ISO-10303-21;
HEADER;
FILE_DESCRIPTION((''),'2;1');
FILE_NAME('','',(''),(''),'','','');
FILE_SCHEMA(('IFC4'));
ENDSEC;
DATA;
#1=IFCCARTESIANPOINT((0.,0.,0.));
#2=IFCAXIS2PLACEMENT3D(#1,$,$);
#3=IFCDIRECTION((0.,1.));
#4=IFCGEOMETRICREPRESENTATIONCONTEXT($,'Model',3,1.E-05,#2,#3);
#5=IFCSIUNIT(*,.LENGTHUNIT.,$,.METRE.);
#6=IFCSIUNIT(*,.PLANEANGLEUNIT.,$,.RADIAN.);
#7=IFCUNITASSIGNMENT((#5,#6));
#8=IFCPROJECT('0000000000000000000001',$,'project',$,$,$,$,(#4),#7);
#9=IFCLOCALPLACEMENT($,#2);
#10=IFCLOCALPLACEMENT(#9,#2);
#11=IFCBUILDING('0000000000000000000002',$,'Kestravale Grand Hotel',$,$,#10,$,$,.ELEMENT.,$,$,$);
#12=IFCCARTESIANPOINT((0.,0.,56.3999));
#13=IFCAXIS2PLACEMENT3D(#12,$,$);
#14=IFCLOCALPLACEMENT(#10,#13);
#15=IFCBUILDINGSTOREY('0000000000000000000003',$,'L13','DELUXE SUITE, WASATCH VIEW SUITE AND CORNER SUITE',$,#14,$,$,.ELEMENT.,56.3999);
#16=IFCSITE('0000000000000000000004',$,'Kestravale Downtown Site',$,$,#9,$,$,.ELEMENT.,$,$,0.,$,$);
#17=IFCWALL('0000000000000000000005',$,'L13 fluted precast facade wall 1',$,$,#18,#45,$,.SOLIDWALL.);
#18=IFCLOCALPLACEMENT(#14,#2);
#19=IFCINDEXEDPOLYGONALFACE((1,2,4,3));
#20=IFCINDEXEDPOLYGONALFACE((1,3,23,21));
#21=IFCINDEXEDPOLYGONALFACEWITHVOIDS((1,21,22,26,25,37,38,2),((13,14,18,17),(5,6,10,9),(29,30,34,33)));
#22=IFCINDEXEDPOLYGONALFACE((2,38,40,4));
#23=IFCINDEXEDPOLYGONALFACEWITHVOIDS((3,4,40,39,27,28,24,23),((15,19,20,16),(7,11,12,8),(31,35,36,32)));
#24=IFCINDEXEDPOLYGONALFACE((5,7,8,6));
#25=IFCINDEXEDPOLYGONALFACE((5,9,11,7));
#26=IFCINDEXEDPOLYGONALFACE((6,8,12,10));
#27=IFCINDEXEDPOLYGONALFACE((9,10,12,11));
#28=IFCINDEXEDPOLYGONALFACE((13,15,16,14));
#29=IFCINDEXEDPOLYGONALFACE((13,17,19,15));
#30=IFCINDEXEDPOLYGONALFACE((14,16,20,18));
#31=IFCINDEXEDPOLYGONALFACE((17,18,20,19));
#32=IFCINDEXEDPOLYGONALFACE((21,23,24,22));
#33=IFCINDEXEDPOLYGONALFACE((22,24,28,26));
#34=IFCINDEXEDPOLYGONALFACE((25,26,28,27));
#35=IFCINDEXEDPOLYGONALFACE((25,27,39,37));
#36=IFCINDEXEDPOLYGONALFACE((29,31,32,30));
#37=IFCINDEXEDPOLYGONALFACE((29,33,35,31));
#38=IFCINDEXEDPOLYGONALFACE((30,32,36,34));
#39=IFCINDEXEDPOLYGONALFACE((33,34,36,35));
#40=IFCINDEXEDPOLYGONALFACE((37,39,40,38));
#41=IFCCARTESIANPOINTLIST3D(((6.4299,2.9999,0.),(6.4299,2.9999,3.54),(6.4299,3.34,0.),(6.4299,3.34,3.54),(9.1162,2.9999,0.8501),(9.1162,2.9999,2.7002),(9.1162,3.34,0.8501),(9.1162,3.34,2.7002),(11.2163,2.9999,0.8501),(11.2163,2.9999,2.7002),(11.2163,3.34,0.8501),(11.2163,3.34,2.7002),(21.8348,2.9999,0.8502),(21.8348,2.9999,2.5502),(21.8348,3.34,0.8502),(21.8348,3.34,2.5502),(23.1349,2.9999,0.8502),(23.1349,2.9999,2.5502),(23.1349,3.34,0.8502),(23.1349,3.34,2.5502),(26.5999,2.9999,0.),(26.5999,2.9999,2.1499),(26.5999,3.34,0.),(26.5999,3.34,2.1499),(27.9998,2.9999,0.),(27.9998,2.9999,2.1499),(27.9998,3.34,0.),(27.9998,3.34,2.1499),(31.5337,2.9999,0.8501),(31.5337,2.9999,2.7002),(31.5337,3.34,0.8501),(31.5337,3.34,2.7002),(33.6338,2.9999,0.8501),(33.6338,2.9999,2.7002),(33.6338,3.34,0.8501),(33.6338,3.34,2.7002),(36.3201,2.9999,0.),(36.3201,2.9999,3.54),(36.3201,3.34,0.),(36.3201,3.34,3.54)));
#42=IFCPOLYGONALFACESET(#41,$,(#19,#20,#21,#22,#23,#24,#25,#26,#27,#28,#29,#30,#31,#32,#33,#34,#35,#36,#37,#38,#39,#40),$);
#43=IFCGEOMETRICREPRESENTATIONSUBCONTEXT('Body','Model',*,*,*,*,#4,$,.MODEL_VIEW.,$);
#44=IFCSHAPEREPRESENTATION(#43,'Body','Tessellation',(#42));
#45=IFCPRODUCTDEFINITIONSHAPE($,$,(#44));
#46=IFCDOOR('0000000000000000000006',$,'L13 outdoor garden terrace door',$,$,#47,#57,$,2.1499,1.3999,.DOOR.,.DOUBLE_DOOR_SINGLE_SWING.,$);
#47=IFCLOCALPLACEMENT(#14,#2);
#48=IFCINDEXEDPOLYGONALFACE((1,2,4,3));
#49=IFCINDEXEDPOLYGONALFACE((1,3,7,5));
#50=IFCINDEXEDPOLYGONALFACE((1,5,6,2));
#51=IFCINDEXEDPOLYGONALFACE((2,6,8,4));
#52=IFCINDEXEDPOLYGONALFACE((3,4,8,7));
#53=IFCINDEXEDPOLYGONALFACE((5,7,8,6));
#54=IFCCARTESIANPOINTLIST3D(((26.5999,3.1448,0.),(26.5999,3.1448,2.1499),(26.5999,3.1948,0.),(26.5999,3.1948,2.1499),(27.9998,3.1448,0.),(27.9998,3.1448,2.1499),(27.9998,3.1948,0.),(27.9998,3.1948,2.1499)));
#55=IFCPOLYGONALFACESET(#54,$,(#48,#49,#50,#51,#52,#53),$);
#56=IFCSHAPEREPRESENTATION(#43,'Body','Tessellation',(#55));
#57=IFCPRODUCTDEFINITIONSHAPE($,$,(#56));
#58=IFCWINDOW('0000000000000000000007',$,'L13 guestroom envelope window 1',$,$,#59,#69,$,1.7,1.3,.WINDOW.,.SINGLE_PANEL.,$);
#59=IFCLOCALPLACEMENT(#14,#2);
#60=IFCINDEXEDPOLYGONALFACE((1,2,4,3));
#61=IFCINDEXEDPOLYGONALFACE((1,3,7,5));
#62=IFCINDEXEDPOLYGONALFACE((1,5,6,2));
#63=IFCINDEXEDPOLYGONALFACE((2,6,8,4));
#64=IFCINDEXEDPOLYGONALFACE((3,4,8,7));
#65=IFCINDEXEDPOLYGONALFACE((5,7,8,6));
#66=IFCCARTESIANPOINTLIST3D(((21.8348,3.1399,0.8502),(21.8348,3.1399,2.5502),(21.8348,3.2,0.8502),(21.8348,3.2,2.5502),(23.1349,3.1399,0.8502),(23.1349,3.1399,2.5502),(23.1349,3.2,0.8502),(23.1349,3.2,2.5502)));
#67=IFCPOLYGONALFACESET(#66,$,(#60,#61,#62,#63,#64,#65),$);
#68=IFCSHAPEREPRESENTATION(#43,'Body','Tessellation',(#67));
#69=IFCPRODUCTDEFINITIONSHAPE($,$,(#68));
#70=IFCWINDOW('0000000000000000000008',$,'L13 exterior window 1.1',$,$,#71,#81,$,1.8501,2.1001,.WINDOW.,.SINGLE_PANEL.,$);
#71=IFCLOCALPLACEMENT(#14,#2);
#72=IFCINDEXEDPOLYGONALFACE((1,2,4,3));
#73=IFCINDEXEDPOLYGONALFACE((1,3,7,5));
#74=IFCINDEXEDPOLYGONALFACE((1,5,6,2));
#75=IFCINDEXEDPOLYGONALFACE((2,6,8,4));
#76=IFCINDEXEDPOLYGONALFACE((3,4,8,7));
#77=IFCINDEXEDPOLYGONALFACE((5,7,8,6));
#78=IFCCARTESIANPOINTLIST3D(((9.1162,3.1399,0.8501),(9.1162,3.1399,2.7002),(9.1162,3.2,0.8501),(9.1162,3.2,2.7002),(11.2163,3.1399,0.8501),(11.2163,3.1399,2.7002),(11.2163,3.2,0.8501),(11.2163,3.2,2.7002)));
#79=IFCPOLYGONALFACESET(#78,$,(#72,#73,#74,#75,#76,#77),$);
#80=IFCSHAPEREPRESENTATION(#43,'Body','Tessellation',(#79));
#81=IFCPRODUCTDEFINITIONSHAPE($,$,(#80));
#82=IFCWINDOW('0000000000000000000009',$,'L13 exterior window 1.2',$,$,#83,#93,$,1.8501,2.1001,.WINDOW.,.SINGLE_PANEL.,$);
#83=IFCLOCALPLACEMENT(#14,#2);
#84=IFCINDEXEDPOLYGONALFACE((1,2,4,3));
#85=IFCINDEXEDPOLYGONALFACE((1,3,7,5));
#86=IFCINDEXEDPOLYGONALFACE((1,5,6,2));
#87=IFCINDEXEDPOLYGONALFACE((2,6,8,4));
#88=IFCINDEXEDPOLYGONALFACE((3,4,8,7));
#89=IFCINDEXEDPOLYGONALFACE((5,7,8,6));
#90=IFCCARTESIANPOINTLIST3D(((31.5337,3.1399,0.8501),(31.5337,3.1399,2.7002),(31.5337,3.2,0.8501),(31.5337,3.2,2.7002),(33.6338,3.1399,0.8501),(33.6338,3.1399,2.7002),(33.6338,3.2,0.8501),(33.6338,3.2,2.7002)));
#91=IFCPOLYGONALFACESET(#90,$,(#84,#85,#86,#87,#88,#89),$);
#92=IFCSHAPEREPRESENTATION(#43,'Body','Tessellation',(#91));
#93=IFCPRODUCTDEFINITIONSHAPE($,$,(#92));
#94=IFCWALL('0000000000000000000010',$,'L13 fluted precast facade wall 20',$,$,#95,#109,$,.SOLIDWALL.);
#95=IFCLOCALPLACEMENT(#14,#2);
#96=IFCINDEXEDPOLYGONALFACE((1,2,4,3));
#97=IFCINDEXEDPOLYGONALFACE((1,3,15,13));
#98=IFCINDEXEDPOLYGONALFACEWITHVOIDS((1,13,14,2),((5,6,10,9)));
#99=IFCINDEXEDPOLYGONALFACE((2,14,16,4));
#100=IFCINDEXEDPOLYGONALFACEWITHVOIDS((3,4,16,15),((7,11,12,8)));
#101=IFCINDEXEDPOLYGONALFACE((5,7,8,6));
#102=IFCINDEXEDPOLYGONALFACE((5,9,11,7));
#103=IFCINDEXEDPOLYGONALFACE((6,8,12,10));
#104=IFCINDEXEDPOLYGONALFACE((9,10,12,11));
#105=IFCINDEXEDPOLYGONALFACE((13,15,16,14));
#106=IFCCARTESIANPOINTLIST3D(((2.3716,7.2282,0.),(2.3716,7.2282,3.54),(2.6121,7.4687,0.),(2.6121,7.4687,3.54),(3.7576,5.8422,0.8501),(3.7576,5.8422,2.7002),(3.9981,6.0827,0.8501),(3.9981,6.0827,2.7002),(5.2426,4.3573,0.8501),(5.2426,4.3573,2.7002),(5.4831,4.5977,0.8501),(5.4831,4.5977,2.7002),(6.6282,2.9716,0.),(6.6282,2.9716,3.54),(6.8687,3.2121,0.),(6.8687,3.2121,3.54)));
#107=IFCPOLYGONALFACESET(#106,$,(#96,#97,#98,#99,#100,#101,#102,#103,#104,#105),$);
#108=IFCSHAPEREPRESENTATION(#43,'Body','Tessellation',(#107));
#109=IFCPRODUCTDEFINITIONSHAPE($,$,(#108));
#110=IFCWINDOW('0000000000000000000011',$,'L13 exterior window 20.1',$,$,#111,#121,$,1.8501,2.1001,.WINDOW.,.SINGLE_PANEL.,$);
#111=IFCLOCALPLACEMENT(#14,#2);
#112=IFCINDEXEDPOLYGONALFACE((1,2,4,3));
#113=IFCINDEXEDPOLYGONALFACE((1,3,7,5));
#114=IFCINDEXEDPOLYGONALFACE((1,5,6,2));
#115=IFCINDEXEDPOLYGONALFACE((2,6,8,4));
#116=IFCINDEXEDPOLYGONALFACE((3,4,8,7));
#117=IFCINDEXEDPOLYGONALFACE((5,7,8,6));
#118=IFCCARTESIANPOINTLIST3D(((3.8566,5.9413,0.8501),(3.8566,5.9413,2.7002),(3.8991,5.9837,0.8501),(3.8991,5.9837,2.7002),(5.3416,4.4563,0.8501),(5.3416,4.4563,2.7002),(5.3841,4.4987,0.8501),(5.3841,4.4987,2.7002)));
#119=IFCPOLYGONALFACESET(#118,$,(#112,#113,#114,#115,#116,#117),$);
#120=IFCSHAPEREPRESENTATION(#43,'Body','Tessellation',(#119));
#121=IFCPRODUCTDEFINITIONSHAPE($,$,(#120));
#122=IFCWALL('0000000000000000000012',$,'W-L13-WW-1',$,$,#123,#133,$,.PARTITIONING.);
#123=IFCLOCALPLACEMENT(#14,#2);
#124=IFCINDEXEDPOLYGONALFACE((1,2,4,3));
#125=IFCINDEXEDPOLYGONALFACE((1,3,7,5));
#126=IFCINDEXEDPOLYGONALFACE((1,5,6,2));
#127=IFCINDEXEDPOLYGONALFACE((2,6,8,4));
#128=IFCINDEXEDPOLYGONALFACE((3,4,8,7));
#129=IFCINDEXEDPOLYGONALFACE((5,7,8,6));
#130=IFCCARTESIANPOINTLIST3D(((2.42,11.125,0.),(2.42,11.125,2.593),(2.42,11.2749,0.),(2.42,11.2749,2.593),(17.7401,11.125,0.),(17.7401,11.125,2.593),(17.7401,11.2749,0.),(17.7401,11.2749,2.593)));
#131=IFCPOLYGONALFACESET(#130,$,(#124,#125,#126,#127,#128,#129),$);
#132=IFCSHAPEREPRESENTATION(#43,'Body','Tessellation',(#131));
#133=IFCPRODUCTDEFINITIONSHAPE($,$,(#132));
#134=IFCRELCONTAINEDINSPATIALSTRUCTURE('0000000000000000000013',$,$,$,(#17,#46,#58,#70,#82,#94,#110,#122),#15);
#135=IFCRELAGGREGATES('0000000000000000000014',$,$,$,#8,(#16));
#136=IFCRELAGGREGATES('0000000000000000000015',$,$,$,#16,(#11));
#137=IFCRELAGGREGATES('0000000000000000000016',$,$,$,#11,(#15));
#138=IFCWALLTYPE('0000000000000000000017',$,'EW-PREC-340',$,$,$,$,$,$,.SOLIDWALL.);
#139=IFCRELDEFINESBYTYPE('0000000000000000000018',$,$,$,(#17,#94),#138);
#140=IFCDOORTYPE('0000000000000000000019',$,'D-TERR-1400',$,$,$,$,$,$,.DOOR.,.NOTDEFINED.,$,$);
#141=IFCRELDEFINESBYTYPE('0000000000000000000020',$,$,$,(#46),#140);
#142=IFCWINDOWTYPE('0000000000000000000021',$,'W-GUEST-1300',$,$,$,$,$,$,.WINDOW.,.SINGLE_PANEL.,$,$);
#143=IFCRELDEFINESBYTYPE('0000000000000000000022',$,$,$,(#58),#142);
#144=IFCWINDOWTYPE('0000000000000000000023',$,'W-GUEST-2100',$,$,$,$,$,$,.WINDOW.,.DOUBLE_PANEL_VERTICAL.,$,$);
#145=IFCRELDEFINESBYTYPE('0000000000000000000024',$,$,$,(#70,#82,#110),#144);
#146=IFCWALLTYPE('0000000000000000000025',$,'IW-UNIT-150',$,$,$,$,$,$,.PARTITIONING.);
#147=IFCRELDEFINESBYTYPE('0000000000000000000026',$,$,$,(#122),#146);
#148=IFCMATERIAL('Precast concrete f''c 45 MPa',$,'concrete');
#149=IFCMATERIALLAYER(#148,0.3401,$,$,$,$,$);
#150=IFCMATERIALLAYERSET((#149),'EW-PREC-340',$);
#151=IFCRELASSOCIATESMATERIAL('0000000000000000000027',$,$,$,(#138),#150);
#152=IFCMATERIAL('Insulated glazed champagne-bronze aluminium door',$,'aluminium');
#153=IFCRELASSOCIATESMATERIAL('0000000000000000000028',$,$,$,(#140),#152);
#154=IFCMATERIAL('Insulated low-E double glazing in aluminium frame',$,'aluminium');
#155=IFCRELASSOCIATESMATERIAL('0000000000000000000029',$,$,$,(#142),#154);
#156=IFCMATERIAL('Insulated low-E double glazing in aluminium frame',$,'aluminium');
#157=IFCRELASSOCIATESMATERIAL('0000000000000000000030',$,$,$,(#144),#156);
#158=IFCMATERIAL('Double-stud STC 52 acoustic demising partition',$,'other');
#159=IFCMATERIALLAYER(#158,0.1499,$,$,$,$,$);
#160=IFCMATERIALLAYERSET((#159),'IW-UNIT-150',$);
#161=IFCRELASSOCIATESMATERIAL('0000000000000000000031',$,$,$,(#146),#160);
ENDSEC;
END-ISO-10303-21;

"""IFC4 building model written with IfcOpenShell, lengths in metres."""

from ifc_helpers import new_model, si_unit, direction, frame, frame_2d, origin, place, context, subcontext, project, spatial, rectangle, extrude, material, layer, layer_set, type_object, element, fill, save


model = new_model("IFC4")

# Units and contexts
model_context = context("Model", 3, precision=1e-05, world=origin(), true_north=direction((0.0, 1.0)))
body_context = subcontext(model_context, "Body", "Model", "MODEL_VIEW")
ifc_project = project(units=[si_unit("LENGTHUNIT", "METRE"), si_unit("PLANEANGLEUNIT", "RADIAN")], contexts=[model_context])

# Site, building, storey
site_placement = place(None, origin())
site = spatial("IfcSite", under=ifc_project, at=site_placement, Name="Kestravale Downtown Site", CompositionType="ELEMENT", RefElevation=0.0)
building_placement = place(site_placement, origin())
building = spatial("IfcBuilding", under=site, at=building_placement, Name="Kestravale Grand Hotel", CompositionType="ELEMENT")
storey_placement = place(building_placement, frame((0.0, 0.0, 56.3999)))
storey = spatial("IfcBuildingStorey", under=building, at=storey_placement, Name="L13", Description="DELUXE SUITE, WASATCH VIEW SUITE AND CORNER SUITE", CompositionType="ELEMENT", Elevation=56.3999)

# Wall, openings, door, windows
ifc_material_1 = material(Name="Precast concrete f'c 45 MPa", Category="concrete")
ifc_layer_1 = layer(ifc_material_1, 0.3401)
ifc_layer_set_1 = layer_set([ifc_layer_1], Name="EW-PREC-340")
wall_type_1 = type_object("IfcWallType", Name="EW-PREC-340", PredefinedType="SOLIDWALL", material=ifc_layer_set_1)
wall_1_placement = place(storey_placement, frame((6.4299, 3.1699, 0.0), z_axis=(0.0, 0.0, 1.0), x_axis=(1.0, 0.0, 0.0)))
wall_1 = element("IfcWall", 1, at=wall_1_placement, inside=storey, type_object=wall_type_1, Name="L13 fluted precast facade wall 1", PredefinedType="SOLIDWALL", context=body_context, shape_type="SweptSolid", body=[
    extrude(rectangle(XDim=29.8901, YDim=0.3401, at=frame_2d((14.9451, 0.0))), origin(), (0.0, 0.0, 1.0), 3.54),
])
opening_1_placement = place(wall_1_placement, frame((20.1699, 0.0, 0.0)))
opening_1 = element("IfcOpeningElement", 2, at=opening_1_placement, cuts=wall_1, PredefinedType="OPENING", context=body_context, shape_type="SweptSolid", body=[
    extrude(rectangle(XDim=1.3999, YDim=2.1499, at=frame_2d((0.7, 1.075))), frame((0.0, 0.1799, 0.0), z_axis=(0.0, -1.0, 0.0), x_axis=(1.0, 0.0, 0.0)), (0.0, 0.0, 1.0), 0.3601),
])
opening_2_placement = place(wall_1_placement, frame((2.6863, 0.0, 0.8501)))
opening_2 = element("IfcOpeningElement", 3, at=opening_2_placement, cuts=wall_1, PredefinedType="OPENING", context=body_context, shape_type="SweptSolid", body=[
    extrude(rectangle(XDim=2.1001, YDim=1.8501, at=frame_2d((1.05, 0.925))), frame((0.0, 0.1799, 0.0), z_axis=(0.0, -1.0, 0.0), x_axis=(1.0, 0.0, 0.0)), (0.0, 0.0, 1.0), 0.3601),
])
opening_3_placement = place(wall_1_placement, frame((25.1038, 0.0, 0.8501)))
opening_3 = element("IfcOpeningElement", 4, at=opening_3_placement, cuts=wall_1, PredefinedType="OPENING", context=body_context, shape_type="SweptSolid", body=[
    extrude(rectangle(XDim=2.1001, YDim=1.8501, at=frame_2d((1.05, 0.925))), frame((0.0, 0.1799, 0.0), z_axis=(0.0, -1.0, 0.0), x_axis=(1.0, 0.0, 0.0)), (0.0, 0.0, 1.0), 0.3601),
])
opening_4_placement = place(wall_1_placement, frame((15.405, 0.0, 0.8501)))
opening_4 = element("IfcOpeningElement", 5, at=opening_4_placement, cuts=wall_1, PredefinedType="OPENING", context=body_context, shape_type="SweptSolid", body=[
    extrude(rectangle(XDim=1.3, YDim=1.7, at=frame_2d((0.6499, 0.8501))), frame((0.0, 0.1799, 0.0), z_axis=(0.0, -1.0, 0.0), x_axis=(1.0, 0.0, 0.0)), (0.0, 0.0, 1.0), 0.3601),
])
ifc_material_2 = material(Name="Insulated glazed champagne-bronze aluminium door", Category="aluminium")
door_type = type_object("IfcDoorType", Name="D-TERR-1400", OperationType="NOTDEFINED", PredefinedType="DOOR", material=ifc_material_2)
door_placement = place(opening_1_placement, origin())
door = element("IfcDoor", 6, at=door_placement, inside=storey, type_object=door_type, Name="L13 outdoor garden terrace door", OperationType="DOUBLE_DOOR_SINGLE_SWING", OverallHeight=2.1499, OverallWidth=1.3999, PredefinedType="DOOR", context=body_context, shape_type="SweptSolid", body=[
    extrude(rectangle(XDim=1.3999, YDim=2.1499, at=frame_2d((0.7, 1.075))), frame((0.0, 0.0249, 0.0), z_axis=(0.0, -1.0, 0.0), x_axis=(1.0, 0.0, 0.0)), (0.0, 0.0, 1.0), 0.05),
])
fill(opening_1, door)
ifc_material_3 = material(Name="Insulated low-E double glazing in aluminium frame", Category="aluminium")
window_type_1 = type_object("IfcWindowType", Name="W-GUEST-1300", PartitioningType="SINGLE_PANEL", PredefinedType="WINDOW", material=ifc_material_3)
window_1_placement = place(opening_4_placement, origin())
window_1 = element("IfcWindow", 7, at=window_1_placement, inside=storey, type_object=window_type_1, Name="L13 guestroom envelope window 1", OverallHeight=1.7, OverallWidth=1.3, PartitioningType="SINGLE_PANEL", PredefinedType="WINDOW", context=body_context, shape_type="SweptSolid", body=[
    extrude(rectangle(XDim=1.3, YDim=1.7, at=frame_2d((0.6499, 0.8501))), frame((0.0, 0.03, 0.0), z_axis=(0.0, -1.0, 0.0), x_axis=(1.0, 0.0, 0.0)), (0.0, 0.0, 1.0), 0.0601),
])
fill(opening_4, window_1)
ifc_material_4 = material(Name="Insulated low-E double glazing in aluminium frame", Category="aluminium")
window_type_2 = type_object("IfcWindowType", Name="W-GUEST-2100", PartitioningType="DOUBLE_PANEL_VERTICAL", PredefinedType="WINDOW", material=ifc_material_4)
window_2_placement = place(opening_2_placement, origin())
window_2 = element("IfcWindow", 8, at=window_2_placement, inside=storey, type_object=window_type_2, Name="L13 exterior window 1.1", OverallHeight=1.8501, OverallWidth=2.1001, PartitioningType="SINGLE_PANEL", PredefinedType="WINDOW", context=body_context, shape_type="SweptSolid", body=[
    extrude(rectangle(XDim=2.1001, YDim=1.8501, at=frame_2d((1.05, 0.925))), frame((0.0, 0.03, 0.0), z_axis=(0.0, -1.0, 0.0), x_axis=(1.0, 0.0, 0.0)), (0.0, 0.0, 1.0), 0.0601),
])
fill(opening_2, window_2)
window_3_placement = place(opening_3_placement, origin())
window_3 = element("IfcWindow", 9, at=window_3_placement, inside=storey, type_object=window_type_2, Name="L13 exterior window 1.2", OverallHeight=1.8501, OverallWidth=2.1001, PartitioningType="SINGLE_PANEL", PredefinedType="WINDOW", context=body_context, shape_type="SweptSolid", body=[
    extrude(rectangle(XDim=2.1001, YDim=1.8501, at=frame_2d((1.05, 0.925))), frame((0.0, 0.03, 0.0), z_axis=(0.0, -1.0, 0.0), x_axis=(1.0, 0.0, 0.0)), (0.0, 0.0, 1.0), 0.0601),
])
fill(opening_3, window_3)

# Wall, opening, window
wall_2_placement = place(storey_placement, frame((2.4919, 7.3484, 0.0), z_axis=(0.0, 0.0, 1.0), x_axis=(0.707107, -0.707107, 0.0)))
wall_2 = element("IfcWall", 10, at=wall_2_placement, inside=storey, type_object=wall_type_1, Name="L13 fluted precast facade wall 20", PredefinedType="SOLIDWALL", context=body_context, shape_type="SweptSolid", body=[
    extrude(rectangle(XDim=6.0198, YDim=0.3401, at=frame_2d((3.0098, 0.0))), origin(), (0.0, 0.0, 1.0), 3.54),
])
opening_5_placement = place(wall_2_placement, frame((1.96, 0.0, 0.8501)))
opening_5 = element("IfcOpeningElement", 11, at=opening_5_placement, cuts=wall_2, PredefinedType="OPENING", context=body_context, shape_type="SweptSolid", body=[
    extrude(rectangle(XDim=2.1001, YDim=1.8501, at=frame_2d((1.05, 0.925))), frame((0.0, 0.1799, 0.0), z_axis=(0.0, -1.0, 0.0), x_axis=(1.0, 0.0, 0.0)), (0.0, 0.0, 1.0), 0.3601),
])
window_4_placement = place(opening_5_placement, origin())
window_4 = element("IfcWindow", 12, at=window_4_placement, inside=storey, type_object=window_type_2, Name="L13 exterior window 20.1", OverallHeight=1.8501, OverallWidth=2.1001, PartitioningType="SINGLE_PANEL", PredefinedType="WINDOW", context=body_context, shape_type="SweptSolid", body=[
    extrude(rectangle(XDim=2.1001, YDim=1.8501, at=frame_2d((1.05, 0.925))), frame((0.0, 0.03, 0.0), z_axis=(0.0, -1.0, 0.0), x_axis=(1.0, 0.0, 0.0)), (0.0, 0.0, 1.0), 0.0601),
])
fill(opening_5, window_4)

# Wall
ifc_material_5 = material(Name="Double-stud STC 52 acoustic demising partition", Category="other")
ifc_layer_2 = layer(ifc_material_5, 0.1499)
ifc_layer_set_2 = layer_set([ifc_layer_2], Name="IW-UNIT-150")
wall_type_2 = type_object("IfcWallType", Name="IW-UNIT-150", PredefinedType="PARTITIONING", material=ifc_layer_set_2)
wall_3_placement = place(storey_placement, frame((2.4199, 11.2, 0.0), z_axis=(0.0, 0.0, 1.0), x_axis=(1.0, 0.0, 0.0)))
element("IfcWall", 13, at=wall_3_placement, inside=storey, type_object=wall_type_2, Name="W-L13-WW-1", PredefinedType="PARTITIONING", context=body_context, shape_type="SweptSolid", body=[
    extrude(rectangle(XDim=15.3201, YDim=0.1499, at=frame_2d((7.6602, 0.0))), origin(), (0.0, 0.0, 1.0), 2.593),
])

save(model, "model.ifc")
